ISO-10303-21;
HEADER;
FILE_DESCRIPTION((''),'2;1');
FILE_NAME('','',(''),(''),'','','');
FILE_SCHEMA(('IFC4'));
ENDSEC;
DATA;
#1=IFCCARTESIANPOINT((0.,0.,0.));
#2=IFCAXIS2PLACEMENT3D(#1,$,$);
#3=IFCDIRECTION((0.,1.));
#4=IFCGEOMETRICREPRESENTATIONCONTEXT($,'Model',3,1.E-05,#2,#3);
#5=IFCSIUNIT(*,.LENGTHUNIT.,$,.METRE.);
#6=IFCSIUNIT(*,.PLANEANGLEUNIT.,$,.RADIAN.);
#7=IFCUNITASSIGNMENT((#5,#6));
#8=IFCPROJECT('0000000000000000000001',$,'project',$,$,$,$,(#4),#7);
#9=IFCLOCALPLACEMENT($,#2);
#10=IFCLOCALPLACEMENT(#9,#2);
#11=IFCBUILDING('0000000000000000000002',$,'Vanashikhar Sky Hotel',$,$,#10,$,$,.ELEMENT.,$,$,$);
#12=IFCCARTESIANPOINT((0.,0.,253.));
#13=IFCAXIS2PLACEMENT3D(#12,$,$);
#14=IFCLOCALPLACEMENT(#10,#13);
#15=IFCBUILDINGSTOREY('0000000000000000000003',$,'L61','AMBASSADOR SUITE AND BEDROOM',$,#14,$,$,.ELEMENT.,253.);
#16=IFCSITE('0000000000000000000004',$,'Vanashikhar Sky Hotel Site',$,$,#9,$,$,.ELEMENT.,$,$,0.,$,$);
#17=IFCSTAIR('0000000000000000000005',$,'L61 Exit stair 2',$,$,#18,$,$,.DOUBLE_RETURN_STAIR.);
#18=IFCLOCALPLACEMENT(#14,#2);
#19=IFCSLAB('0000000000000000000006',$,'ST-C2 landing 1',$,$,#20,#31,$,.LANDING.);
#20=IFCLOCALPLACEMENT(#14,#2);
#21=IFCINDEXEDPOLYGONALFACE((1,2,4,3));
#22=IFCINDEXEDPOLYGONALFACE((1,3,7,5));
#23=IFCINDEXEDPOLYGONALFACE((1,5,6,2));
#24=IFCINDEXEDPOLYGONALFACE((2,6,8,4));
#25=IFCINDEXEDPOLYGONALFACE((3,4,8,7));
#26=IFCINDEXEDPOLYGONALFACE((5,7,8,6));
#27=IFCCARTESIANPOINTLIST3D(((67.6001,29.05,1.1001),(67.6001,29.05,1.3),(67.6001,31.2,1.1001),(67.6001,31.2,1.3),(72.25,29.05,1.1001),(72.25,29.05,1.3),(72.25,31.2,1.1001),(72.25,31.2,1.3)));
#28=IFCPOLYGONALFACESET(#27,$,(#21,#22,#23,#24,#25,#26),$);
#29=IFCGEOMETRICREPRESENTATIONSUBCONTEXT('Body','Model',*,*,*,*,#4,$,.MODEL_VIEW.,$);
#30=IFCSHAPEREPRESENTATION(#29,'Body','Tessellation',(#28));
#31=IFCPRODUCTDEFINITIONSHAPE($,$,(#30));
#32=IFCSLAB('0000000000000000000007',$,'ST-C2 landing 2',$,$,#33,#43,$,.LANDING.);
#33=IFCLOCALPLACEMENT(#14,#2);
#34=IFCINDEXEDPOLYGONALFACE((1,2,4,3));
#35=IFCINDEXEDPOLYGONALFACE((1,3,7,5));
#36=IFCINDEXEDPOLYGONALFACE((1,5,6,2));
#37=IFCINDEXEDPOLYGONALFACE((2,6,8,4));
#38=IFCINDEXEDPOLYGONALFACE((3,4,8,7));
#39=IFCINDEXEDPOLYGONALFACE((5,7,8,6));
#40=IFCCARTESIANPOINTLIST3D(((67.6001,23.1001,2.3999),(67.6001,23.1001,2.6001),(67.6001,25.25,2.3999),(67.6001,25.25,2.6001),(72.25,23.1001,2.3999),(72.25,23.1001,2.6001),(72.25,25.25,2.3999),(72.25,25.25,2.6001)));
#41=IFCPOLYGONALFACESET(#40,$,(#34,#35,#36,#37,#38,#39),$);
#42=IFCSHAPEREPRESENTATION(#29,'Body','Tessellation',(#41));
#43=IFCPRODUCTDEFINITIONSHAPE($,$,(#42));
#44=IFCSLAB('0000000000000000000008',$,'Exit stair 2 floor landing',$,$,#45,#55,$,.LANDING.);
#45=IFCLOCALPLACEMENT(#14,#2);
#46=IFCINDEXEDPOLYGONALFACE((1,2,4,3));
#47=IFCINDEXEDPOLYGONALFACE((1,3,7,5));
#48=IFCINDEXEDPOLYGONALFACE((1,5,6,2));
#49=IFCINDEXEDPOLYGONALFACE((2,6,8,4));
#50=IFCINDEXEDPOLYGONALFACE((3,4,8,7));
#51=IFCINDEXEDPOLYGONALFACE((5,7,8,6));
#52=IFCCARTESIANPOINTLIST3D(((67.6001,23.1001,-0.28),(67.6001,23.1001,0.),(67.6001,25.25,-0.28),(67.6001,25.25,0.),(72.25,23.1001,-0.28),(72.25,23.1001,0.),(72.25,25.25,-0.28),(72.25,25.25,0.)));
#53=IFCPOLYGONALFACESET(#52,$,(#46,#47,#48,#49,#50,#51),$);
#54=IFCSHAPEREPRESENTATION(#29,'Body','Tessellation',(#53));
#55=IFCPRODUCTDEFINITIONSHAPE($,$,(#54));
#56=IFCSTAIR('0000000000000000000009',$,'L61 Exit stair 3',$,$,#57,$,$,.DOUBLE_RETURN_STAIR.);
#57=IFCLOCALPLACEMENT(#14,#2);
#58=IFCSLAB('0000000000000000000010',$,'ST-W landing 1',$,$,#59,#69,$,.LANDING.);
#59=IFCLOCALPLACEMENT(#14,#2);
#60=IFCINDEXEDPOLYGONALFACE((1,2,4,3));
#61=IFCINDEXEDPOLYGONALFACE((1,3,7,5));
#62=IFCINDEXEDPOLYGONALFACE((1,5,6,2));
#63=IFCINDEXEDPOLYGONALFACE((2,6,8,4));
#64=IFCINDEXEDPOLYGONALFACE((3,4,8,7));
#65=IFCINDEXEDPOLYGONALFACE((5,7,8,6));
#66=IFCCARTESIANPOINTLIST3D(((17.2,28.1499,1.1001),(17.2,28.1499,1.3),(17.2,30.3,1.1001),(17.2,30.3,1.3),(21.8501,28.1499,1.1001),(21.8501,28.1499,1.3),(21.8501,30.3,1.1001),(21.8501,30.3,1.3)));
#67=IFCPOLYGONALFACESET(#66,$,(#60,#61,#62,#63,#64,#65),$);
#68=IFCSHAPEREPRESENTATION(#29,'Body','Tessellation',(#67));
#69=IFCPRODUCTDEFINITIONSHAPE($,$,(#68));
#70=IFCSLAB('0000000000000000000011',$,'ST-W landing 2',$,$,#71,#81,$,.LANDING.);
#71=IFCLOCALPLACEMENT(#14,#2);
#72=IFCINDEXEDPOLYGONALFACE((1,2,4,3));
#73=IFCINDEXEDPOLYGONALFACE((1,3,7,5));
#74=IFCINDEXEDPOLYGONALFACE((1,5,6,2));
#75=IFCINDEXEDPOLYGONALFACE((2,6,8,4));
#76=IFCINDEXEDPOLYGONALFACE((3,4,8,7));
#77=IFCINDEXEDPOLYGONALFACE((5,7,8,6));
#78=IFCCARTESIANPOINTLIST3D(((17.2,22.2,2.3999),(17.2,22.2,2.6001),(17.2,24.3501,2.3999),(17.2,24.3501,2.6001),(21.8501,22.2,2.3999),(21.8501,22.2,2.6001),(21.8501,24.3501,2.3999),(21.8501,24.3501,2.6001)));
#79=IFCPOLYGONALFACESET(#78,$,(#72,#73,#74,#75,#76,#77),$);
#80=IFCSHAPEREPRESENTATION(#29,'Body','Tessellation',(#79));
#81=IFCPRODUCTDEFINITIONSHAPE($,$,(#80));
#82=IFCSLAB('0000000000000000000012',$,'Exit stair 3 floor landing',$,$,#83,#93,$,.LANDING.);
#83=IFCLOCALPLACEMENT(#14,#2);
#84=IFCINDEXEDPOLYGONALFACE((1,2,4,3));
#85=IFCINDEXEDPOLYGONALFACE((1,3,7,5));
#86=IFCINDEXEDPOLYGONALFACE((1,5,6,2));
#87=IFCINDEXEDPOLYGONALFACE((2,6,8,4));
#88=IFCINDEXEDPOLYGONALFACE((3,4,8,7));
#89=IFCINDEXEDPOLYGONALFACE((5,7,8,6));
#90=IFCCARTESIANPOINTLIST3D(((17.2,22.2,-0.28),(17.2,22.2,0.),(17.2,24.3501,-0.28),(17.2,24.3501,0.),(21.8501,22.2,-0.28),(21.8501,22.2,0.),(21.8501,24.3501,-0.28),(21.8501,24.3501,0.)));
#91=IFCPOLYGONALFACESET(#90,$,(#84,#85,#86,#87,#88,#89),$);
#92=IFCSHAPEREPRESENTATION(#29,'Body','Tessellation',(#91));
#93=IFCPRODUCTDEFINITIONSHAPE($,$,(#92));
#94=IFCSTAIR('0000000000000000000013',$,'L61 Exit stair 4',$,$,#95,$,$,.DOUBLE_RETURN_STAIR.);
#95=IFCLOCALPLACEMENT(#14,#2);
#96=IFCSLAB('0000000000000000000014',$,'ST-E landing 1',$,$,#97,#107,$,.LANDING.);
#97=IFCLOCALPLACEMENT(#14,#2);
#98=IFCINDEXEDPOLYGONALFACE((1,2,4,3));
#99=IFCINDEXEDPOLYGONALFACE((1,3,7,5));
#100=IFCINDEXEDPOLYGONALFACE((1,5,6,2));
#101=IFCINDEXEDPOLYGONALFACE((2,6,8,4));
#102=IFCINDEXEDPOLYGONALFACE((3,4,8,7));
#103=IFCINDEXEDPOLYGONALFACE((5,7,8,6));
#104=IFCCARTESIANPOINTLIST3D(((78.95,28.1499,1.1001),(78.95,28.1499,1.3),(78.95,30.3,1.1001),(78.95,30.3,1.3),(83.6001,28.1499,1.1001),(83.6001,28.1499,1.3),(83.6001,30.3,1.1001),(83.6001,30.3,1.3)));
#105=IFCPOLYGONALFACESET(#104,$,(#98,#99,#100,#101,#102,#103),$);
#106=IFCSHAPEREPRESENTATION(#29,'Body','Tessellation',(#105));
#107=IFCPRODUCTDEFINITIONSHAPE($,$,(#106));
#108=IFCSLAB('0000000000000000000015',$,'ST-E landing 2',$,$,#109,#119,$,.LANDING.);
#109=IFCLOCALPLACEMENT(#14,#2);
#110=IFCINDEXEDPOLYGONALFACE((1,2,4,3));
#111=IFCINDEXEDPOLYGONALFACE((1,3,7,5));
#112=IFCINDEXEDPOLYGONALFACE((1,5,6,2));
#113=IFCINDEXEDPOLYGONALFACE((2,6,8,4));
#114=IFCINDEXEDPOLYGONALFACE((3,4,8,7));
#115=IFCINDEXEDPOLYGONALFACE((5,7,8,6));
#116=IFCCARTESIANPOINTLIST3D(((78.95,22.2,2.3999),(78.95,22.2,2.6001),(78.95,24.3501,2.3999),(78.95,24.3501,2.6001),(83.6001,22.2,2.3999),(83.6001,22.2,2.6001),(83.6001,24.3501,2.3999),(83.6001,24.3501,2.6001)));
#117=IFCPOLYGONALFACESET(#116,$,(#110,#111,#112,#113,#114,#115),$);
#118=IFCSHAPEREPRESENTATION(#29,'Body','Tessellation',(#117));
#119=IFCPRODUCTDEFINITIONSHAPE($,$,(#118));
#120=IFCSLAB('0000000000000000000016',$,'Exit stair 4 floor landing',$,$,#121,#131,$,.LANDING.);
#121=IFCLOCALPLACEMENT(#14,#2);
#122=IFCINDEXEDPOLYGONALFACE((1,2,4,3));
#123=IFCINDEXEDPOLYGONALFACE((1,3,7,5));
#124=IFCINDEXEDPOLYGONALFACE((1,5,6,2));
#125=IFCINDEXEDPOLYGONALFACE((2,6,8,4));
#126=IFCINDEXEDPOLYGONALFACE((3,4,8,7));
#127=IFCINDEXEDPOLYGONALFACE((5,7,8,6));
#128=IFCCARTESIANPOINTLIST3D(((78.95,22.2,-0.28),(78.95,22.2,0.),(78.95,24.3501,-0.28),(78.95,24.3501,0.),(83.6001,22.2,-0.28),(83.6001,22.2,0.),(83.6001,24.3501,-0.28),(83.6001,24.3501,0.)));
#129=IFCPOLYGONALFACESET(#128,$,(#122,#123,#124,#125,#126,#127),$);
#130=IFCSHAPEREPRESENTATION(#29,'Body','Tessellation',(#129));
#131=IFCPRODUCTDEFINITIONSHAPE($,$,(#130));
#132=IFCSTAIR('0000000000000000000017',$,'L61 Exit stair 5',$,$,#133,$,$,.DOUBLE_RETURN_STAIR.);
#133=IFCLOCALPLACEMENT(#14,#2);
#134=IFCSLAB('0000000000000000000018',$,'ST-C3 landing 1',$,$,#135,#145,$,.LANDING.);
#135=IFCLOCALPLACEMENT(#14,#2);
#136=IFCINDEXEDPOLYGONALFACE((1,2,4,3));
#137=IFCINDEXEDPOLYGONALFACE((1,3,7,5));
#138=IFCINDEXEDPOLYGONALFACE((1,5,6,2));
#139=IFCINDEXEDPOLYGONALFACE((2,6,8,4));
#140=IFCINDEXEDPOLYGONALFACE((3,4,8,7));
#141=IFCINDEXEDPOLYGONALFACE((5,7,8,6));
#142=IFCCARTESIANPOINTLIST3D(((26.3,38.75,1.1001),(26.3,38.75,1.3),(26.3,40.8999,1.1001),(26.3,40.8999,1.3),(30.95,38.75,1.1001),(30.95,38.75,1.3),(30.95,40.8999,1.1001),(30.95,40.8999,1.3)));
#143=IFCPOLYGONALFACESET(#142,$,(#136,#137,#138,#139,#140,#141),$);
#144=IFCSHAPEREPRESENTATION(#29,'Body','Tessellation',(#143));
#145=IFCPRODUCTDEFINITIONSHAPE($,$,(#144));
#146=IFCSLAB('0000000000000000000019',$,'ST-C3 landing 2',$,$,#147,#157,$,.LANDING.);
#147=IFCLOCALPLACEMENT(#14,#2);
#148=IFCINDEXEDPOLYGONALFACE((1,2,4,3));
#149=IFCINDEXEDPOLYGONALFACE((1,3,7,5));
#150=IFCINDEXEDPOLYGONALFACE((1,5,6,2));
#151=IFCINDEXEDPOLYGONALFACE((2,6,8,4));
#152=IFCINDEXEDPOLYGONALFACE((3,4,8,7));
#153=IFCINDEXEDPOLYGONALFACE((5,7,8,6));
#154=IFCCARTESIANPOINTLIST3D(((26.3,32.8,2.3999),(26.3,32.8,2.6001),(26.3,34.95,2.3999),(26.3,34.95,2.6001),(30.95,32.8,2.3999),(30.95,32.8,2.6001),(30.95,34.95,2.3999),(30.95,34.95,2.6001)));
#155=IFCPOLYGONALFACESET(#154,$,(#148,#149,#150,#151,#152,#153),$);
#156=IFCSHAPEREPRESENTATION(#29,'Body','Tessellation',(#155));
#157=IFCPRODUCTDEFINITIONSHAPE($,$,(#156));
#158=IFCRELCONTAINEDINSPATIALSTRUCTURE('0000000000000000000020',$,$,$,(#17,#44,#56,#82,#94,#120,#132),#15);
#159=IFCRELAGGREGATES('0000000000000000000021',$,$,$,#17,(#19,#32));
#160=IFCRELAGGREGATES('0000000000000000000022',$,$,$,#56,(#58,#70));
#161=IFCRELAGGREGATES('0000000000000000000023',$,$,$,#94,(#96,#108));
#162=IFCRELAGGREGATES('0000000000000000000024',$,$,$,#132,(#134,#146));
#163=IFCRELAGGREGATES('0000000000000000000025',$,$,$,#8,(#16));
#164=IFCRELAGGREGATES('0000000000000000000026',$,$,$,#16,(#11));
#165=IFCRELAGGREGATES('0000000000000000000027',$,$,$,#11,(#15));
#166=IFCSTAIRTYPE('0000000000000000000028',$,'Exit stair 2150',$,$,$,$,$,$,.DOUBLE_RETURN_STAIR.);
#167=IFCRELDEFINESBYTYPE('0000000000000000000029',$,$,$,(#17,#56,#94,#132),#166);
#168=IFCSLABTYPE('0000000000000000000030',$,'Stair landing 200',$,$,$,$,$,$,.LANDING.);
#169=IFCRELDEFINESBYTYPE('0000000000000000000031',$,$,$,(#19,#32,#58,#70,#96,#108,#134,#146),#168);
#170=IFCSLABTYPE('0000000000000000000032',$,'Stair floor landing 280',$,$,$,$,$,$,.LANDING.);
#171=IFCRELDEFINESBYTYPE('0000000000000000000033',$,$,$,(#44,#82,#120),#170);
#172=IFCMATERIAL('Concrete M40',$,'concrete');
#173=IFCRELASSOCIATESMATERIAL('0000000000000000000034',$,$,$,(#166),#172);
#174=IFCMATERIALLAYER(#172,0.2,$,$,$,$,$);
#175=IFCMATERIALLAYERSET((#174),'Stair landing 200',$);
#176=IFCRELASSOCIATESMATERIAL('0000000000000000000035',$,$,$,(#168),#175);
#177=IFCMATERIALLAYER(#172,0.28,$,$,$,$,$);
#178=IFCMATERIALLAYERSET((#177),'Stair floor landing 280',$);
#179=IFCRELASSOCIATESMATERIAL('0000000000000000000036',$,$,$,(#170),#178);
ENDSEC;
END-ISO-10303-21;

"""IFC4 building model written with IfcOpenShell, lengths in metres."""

from ifc_helpers import new_model, si_unit, direction, frame, origin, place, context, subcontext, project, spatial, polyline, outline, extrude, source, transform, mapped, material, layer, layer_set, type_object, element, aggregate, save


model = new_model("IFC4")

# Units and contexts
model_context = context("Model", 3, precision=1e-05, world=origin(), true_north=direction((0.0, 1.0)))
body_context = subcontext(model_context, "Body", "Model", "MODEL_VIEW")
ifc_project = project(units=[si_unit("LENGTHUNIT", "METRE"), si_unit("PLANEANGLEUNIT", "RADIAN")], contexts=[model_context])

# Site, building, storey
site_placement = place(None, origin())
site = spatial("IfcSite", under=ifc_project, at=site_placement, Name="Vanashikhar Sky Hotel Site", CompositionType="ELEMENT", RefElevation=0.0)
building_placement = place(site_placement, origin())
building = spatial("IfcBuilding", under=site, at=building_placement, Name="Vanashikhar Sky Hotel", CompositionType="ELEMENT")
storey_placement = place(building_placement, frame((0.0, 0.0, 253.0)))
storey = spatial("IfcBuildingStorey", under=building, at=storey_placement, Name="L61", Description="AMBASSADOR SUITE AND BEDROOM", CompositionType="ELEMENT", Elevation=253.0)

# Shared definitions
ifc_material = material(Name="Concrete M40", Category="concrete")

# Shared definitions
stair_type = type_object("IfcStairType", Name="Exit stair 2150", PredefinedType="DOUBLE_RETURN_STAIR", material=ifc_material)
ifc_layer_1 = layer(ifc_material, 0.2)
ifc_layer_set_1 = layer_set([ifc_layer_1], Name="Stair landing 200")
slab_type_1 = type_object("IfcSlabType", Name="Stair landing 200", PredefinedType="LANDING", material=ifc_layer_set_1)

# Shared definitions
ifc_layer_2 = layer(ifc_material, 0.28)
ifc_layer_set_2 = layer_set([ifc_layer_2], Name="Stair floor landing 280")
slab_type_2 = type_object("IfcSlabType", Name="Stair floor landing 280", PredefinedType="LANDING", material=ifc_layer_set_2)

# Stair, slabs
stair_1_placement = place(storey_placement, origin())
stair_1 = element("IfcStair", 1, at=stair_1_placement, inside=storey, type_object=stair_type, Name="L61 Exit stair 2", PredefinedType="DOUBLE_RETURN_STAIR")
shared_shape_1 = source(origin(), body_context, "Body", "SweptSolid", [
    extrude(outline(polyline([(72.25, 29.05), (72.25, 31.2), (67.6001, 31.2), (67.6001, 29.05), (72.25, 29.05)])), origin(), (0.0, 0.0, 1.0), 0.2),
])
slab_1_placement = place(storey_placement, frame((0.0, 0.0, 1.1001)))
slab_1 = element("IfcSlab", 2, at=slab_1_placement, type_object=slab_type_1, Name="ST-C2 landing 1", PredefinedType="LANDING", context=body_context, shape_type="MappedRepresentation", body=[
    mapped(shared_shape_1, transform((0.0, 0.0, 0.0), scale=1.0)),
])
shared_shape_2 = source(origin(), body_context, "Body", "SweptSolid", [
    extrude(outline(polyline([(72.25, 23.1001), (72.25, 25.25), (67.6001, 25.25), (67.6001, 23.1001), (72.25, 23.1001)])), origin(), (0.0, 0.0, 1.0), 0.2002),
])
slab_2_placement = place(storey_placement, frame((0.0, 0.0, 2.3999)))
slab_2 = element("IfcSlab", 3, at=slab_2_placement, type_object=slab_type_1, Name="ST-C2 landing 2", PredefinedType="LANDING", context=body_context, shape_type="MappedRepresentation", body=[
    mapped(shared_shape_2, transform((0.0, 0.0, 0.0), scale=1.0)),
])
aggregate(stair_1, [slab_1, slab_2])

# Slab
shared_shape_3 = source(origin(), body_context, "Body", "SweptSolid", [
    extrude(outline(polyline([(72.25, 23.1001), (72.25, 25.25), (67.6001, 25.25), (67.6001, 23.1001), (72.25, 23.1001)])), origin(), (0.0, 0.0, 1.0), 0.28),
])
slab_3_placement = place(storey_placement, frame((0.0, 0.0, -0.28)))
element("IfcSlab", 4, at=slab_3_placement, inside=storey, type_object=slab_type_2, Name="Exit stair 2 floor landing", PredefinedType="LANDING", context=body_context, shape_type="MappedRepresentation", body=[
    mapped(shared_shape_3, transform((0.0, 0.0, 0.0), scale=1.0)),
])

# Stair, slabs
stair_2_placement = place(storey_placement, origin())
stair_2 = element("IfcStair", 5, at=stair_2_placement, inside=storey, type_object=stair_type, Name="L61 Exit stair 3", PredefinedType="DOUBLE_RETURN_STAIR")
shared_shape_4 = source(origin(), body_context, "Body", "SweptSolid", [
    extrude(outline(polyline([(21.8501, 28.1499), (21.8501, 30.3), (17.2, 30.3), (17.2, 28.1499), (21.8501, 28.1499)])), origin(), (0.0, 0.0, 1.0), 0.2),
])
slab_4_placement = place(storey_placement, frame((0.0, 0.0, 1.1001)))
slab_4 = element("IfcSlab", 6, at=slab_4_placement, type_object=slab_type_1, Name="ST-W landing 1", PredefinedType="LANDING", context=body_context, shape_type="MappedRepresentation", body=[
    mapped(shared_shape_4, transform((0.0, 0.0, 0.0), scale=1.0)),
])
shared_shape_5 = source(origin(), body_context, "Body", "SweptSolid", [
    extrude(outline(polyline([(21.8501, 22.2), (21.8501, 24.3501), (17.2, 24.3501), (17.2, 22.2), (21.8501, 22.2)])), origin(), (0.0, 0.0, 1.0), 0.2002),
])
slab_5_placement = place(storey_placement, frame((0.0, 0.0, 2.3999)))
slab_5 = element("IfcSlab", 7, at=slab_5_placement, type_object=slab_type_1, Name="ST-W landing 2", PredefinedType="LANDING", context=body_context, shape_type="MappedRepresentation", body=[
    mapped(shared_shape_5, transform((0.0, 0.0, 0.0), scale=1.0)),
])
aggregate(stair_2, [slab_4, slab_5])

# Slab
shared_shape_6 = source(origin(), body_context, "Body", "SweptSolid", [
    extrude(outline(polyline([(21.8501, 22.2), (21.8501, 24.3501), (17.2, 24.3501), (17.2, 22.2), (21.8501, 22.2)])), origin(), (0.0, 0.0, 1.0), 0.28),
])
slab_6_placement = place(storey_placement, frame((0.0, 0.0, -0.28)))
element("IfcSlab", 8, at=slab_6_placement, inside=storey, type_object=slab_type_2, Name="Exit stair 3 floor landing", PredefinedType="LANDING", context=body_context, shape_type="MappedRepresentation", body=[
    mapped(shared_shape_6, transform((0.0, 0.0, 0.0), scale=1.0)),
])

# Stair, slabs
stair_3_placement = place(storey_placement, origin())
stair_3 = element("IfcStair", 9, at=stair_3_placement, inside=storey, type_object=stair_type, Name="L61 Exit stair 4", PredefinedType="DOUBLE_RETURN_STAIR")
shared_shape_7 = source(origin(), body_context, "Body", "SweptSolid", [
    extrude(outline(polyline([(83.6001, 28.1499), (83.6001, 30.3), (78.95, 30.3), (78.95, 28.1499), (83.6001, 28.1499)])), origin(), (0.0, 0.0, 1.0), 0.2),
])
slab_7_placement = place(storey_placement, frame((0.0, 0.0, 1.1001)))
slab_7 = element("IfcSlab", 10, at=slab_7_placement, type_object=slab_type_1, Name="ST-E landing 1", PredefinedType="LANDING", context=body_context, shape_type="MappedRepresentation", body=[
    mapped(shared_shape_7, transform((0.0, 0.0, 0.0), scale=1.0)),
])
shared_shape_8 = source(origin(), body_context, "Body", "SweptSolid", [
    extrude(outline(polyline([(83.6001, 22.2), (83.6001, 24.3501), (78.95, 24.3501), (78.95, 22.2), (83.6001, 22.2)])), origin(), (0.0, 0.0, 1.0), 0.2002),
])
slab_8_placement = place(storey_placement, frame((0.0, 0.0, 2.3999)))
slab_8 = element("IfcSlab", 11, at=slab_8_placement, type_object=slab_type_1, Name="ST-E landing 2", PredefinedType="LANDING", context=body_context, shape_type="MappedRepresentation", body=[
    mapped(shared_shape_8, transform((0.0, 0.0, 0.0), scale=1.0)),
])
aggregate(stair_3, [slab_7, slab_8])

# Slab
shared_shape_9 = source(origin(), body_context, "Body", "SweptSolid", [
    extrude(outline(polyline([(83.6001, 22.2), (83.6001, 24.3501), (78.95, 24.3501), (78.95, 22.2), (83.6001, 22.2)])), origin(), (0.0, 0.0, 1.0), 0.28),
])
slab_9_placement = place(storey_placement, frame((0.0, 0.0, -0.28)))
element("IfcSlab", 12, at=slab_9_placement, inside=storey, type_object=slab_type_2, Name="Exit stair 4 floor landing", PredefinedType="LANDING", context=body_context, shape_type="MappedRepresentation", body=[
    mapped(shared_shape_9, transform((0.0, 0.0, 0.0), scale=1.0)),
])

# Stair, slabs
stair_4_placement = place(storey_placement, origin())
stair_4 = element("IfcStair", 13, at=stair_4_placement, inside=storey, type_object=stair_type, Name="L61 Exit stair 5", PredefinedType="DOUBLE_RETURN_STAIR")
shared_shape_10 = source(origin(), body_context, "Body", "SweptSolid", [
    extrude(outline(polyline([(30.95, 38.75), (30.95, 40.8999), (26.3, 40.8999), (26.3, 38.75), (30.95, 38.75)])), origin(), (0.0, 0.0, 1.0), 0.2),
])
slab_10_placement = place(storey_placement, frame((0.0, 0.0, 1.1001)))
slab_10 = element("IfcSlab", 14, at=slab_10_placement, type_object=slab_type_1, Name="ST-C3 landing 1", PredefinedType="LANDING", context=body_context, shape_type="MappedRepresentation", body=[
    mapped(shared_shape_10, transform((0.0, 0.0, 0.0), scale=1.0)),
])
shared_shape_11 = source(origin(), body_context, "Body", "SweptSolid", [
    extrude(outline(polyline([(30.95, 32.8), (30.95, 34.95), (26.3, 34.95), (26.3, 32.8), (30.95, 32.8)])), origin(), (0.0, 0.0, 1.0), 0.2002),
])
slab_11_placement = place(storey_placement, frame((0.0, 0.0, 2.3999)))
slab_11 = element("IfcSlab", 15, at=slab_11_placement, type_object=slab_type_1, Name="ST-C3 landing 2", PredefinedType="LANDING", context=body_context, shape_type="MappedRepresentation", body=[
    mapped(shared_shape_11, transform((0.0, 0.0, 0.0), scale=1.0)),
])
aggregate(stair_4, [slab_10, slab_11])

save(model, "model.ifc")
